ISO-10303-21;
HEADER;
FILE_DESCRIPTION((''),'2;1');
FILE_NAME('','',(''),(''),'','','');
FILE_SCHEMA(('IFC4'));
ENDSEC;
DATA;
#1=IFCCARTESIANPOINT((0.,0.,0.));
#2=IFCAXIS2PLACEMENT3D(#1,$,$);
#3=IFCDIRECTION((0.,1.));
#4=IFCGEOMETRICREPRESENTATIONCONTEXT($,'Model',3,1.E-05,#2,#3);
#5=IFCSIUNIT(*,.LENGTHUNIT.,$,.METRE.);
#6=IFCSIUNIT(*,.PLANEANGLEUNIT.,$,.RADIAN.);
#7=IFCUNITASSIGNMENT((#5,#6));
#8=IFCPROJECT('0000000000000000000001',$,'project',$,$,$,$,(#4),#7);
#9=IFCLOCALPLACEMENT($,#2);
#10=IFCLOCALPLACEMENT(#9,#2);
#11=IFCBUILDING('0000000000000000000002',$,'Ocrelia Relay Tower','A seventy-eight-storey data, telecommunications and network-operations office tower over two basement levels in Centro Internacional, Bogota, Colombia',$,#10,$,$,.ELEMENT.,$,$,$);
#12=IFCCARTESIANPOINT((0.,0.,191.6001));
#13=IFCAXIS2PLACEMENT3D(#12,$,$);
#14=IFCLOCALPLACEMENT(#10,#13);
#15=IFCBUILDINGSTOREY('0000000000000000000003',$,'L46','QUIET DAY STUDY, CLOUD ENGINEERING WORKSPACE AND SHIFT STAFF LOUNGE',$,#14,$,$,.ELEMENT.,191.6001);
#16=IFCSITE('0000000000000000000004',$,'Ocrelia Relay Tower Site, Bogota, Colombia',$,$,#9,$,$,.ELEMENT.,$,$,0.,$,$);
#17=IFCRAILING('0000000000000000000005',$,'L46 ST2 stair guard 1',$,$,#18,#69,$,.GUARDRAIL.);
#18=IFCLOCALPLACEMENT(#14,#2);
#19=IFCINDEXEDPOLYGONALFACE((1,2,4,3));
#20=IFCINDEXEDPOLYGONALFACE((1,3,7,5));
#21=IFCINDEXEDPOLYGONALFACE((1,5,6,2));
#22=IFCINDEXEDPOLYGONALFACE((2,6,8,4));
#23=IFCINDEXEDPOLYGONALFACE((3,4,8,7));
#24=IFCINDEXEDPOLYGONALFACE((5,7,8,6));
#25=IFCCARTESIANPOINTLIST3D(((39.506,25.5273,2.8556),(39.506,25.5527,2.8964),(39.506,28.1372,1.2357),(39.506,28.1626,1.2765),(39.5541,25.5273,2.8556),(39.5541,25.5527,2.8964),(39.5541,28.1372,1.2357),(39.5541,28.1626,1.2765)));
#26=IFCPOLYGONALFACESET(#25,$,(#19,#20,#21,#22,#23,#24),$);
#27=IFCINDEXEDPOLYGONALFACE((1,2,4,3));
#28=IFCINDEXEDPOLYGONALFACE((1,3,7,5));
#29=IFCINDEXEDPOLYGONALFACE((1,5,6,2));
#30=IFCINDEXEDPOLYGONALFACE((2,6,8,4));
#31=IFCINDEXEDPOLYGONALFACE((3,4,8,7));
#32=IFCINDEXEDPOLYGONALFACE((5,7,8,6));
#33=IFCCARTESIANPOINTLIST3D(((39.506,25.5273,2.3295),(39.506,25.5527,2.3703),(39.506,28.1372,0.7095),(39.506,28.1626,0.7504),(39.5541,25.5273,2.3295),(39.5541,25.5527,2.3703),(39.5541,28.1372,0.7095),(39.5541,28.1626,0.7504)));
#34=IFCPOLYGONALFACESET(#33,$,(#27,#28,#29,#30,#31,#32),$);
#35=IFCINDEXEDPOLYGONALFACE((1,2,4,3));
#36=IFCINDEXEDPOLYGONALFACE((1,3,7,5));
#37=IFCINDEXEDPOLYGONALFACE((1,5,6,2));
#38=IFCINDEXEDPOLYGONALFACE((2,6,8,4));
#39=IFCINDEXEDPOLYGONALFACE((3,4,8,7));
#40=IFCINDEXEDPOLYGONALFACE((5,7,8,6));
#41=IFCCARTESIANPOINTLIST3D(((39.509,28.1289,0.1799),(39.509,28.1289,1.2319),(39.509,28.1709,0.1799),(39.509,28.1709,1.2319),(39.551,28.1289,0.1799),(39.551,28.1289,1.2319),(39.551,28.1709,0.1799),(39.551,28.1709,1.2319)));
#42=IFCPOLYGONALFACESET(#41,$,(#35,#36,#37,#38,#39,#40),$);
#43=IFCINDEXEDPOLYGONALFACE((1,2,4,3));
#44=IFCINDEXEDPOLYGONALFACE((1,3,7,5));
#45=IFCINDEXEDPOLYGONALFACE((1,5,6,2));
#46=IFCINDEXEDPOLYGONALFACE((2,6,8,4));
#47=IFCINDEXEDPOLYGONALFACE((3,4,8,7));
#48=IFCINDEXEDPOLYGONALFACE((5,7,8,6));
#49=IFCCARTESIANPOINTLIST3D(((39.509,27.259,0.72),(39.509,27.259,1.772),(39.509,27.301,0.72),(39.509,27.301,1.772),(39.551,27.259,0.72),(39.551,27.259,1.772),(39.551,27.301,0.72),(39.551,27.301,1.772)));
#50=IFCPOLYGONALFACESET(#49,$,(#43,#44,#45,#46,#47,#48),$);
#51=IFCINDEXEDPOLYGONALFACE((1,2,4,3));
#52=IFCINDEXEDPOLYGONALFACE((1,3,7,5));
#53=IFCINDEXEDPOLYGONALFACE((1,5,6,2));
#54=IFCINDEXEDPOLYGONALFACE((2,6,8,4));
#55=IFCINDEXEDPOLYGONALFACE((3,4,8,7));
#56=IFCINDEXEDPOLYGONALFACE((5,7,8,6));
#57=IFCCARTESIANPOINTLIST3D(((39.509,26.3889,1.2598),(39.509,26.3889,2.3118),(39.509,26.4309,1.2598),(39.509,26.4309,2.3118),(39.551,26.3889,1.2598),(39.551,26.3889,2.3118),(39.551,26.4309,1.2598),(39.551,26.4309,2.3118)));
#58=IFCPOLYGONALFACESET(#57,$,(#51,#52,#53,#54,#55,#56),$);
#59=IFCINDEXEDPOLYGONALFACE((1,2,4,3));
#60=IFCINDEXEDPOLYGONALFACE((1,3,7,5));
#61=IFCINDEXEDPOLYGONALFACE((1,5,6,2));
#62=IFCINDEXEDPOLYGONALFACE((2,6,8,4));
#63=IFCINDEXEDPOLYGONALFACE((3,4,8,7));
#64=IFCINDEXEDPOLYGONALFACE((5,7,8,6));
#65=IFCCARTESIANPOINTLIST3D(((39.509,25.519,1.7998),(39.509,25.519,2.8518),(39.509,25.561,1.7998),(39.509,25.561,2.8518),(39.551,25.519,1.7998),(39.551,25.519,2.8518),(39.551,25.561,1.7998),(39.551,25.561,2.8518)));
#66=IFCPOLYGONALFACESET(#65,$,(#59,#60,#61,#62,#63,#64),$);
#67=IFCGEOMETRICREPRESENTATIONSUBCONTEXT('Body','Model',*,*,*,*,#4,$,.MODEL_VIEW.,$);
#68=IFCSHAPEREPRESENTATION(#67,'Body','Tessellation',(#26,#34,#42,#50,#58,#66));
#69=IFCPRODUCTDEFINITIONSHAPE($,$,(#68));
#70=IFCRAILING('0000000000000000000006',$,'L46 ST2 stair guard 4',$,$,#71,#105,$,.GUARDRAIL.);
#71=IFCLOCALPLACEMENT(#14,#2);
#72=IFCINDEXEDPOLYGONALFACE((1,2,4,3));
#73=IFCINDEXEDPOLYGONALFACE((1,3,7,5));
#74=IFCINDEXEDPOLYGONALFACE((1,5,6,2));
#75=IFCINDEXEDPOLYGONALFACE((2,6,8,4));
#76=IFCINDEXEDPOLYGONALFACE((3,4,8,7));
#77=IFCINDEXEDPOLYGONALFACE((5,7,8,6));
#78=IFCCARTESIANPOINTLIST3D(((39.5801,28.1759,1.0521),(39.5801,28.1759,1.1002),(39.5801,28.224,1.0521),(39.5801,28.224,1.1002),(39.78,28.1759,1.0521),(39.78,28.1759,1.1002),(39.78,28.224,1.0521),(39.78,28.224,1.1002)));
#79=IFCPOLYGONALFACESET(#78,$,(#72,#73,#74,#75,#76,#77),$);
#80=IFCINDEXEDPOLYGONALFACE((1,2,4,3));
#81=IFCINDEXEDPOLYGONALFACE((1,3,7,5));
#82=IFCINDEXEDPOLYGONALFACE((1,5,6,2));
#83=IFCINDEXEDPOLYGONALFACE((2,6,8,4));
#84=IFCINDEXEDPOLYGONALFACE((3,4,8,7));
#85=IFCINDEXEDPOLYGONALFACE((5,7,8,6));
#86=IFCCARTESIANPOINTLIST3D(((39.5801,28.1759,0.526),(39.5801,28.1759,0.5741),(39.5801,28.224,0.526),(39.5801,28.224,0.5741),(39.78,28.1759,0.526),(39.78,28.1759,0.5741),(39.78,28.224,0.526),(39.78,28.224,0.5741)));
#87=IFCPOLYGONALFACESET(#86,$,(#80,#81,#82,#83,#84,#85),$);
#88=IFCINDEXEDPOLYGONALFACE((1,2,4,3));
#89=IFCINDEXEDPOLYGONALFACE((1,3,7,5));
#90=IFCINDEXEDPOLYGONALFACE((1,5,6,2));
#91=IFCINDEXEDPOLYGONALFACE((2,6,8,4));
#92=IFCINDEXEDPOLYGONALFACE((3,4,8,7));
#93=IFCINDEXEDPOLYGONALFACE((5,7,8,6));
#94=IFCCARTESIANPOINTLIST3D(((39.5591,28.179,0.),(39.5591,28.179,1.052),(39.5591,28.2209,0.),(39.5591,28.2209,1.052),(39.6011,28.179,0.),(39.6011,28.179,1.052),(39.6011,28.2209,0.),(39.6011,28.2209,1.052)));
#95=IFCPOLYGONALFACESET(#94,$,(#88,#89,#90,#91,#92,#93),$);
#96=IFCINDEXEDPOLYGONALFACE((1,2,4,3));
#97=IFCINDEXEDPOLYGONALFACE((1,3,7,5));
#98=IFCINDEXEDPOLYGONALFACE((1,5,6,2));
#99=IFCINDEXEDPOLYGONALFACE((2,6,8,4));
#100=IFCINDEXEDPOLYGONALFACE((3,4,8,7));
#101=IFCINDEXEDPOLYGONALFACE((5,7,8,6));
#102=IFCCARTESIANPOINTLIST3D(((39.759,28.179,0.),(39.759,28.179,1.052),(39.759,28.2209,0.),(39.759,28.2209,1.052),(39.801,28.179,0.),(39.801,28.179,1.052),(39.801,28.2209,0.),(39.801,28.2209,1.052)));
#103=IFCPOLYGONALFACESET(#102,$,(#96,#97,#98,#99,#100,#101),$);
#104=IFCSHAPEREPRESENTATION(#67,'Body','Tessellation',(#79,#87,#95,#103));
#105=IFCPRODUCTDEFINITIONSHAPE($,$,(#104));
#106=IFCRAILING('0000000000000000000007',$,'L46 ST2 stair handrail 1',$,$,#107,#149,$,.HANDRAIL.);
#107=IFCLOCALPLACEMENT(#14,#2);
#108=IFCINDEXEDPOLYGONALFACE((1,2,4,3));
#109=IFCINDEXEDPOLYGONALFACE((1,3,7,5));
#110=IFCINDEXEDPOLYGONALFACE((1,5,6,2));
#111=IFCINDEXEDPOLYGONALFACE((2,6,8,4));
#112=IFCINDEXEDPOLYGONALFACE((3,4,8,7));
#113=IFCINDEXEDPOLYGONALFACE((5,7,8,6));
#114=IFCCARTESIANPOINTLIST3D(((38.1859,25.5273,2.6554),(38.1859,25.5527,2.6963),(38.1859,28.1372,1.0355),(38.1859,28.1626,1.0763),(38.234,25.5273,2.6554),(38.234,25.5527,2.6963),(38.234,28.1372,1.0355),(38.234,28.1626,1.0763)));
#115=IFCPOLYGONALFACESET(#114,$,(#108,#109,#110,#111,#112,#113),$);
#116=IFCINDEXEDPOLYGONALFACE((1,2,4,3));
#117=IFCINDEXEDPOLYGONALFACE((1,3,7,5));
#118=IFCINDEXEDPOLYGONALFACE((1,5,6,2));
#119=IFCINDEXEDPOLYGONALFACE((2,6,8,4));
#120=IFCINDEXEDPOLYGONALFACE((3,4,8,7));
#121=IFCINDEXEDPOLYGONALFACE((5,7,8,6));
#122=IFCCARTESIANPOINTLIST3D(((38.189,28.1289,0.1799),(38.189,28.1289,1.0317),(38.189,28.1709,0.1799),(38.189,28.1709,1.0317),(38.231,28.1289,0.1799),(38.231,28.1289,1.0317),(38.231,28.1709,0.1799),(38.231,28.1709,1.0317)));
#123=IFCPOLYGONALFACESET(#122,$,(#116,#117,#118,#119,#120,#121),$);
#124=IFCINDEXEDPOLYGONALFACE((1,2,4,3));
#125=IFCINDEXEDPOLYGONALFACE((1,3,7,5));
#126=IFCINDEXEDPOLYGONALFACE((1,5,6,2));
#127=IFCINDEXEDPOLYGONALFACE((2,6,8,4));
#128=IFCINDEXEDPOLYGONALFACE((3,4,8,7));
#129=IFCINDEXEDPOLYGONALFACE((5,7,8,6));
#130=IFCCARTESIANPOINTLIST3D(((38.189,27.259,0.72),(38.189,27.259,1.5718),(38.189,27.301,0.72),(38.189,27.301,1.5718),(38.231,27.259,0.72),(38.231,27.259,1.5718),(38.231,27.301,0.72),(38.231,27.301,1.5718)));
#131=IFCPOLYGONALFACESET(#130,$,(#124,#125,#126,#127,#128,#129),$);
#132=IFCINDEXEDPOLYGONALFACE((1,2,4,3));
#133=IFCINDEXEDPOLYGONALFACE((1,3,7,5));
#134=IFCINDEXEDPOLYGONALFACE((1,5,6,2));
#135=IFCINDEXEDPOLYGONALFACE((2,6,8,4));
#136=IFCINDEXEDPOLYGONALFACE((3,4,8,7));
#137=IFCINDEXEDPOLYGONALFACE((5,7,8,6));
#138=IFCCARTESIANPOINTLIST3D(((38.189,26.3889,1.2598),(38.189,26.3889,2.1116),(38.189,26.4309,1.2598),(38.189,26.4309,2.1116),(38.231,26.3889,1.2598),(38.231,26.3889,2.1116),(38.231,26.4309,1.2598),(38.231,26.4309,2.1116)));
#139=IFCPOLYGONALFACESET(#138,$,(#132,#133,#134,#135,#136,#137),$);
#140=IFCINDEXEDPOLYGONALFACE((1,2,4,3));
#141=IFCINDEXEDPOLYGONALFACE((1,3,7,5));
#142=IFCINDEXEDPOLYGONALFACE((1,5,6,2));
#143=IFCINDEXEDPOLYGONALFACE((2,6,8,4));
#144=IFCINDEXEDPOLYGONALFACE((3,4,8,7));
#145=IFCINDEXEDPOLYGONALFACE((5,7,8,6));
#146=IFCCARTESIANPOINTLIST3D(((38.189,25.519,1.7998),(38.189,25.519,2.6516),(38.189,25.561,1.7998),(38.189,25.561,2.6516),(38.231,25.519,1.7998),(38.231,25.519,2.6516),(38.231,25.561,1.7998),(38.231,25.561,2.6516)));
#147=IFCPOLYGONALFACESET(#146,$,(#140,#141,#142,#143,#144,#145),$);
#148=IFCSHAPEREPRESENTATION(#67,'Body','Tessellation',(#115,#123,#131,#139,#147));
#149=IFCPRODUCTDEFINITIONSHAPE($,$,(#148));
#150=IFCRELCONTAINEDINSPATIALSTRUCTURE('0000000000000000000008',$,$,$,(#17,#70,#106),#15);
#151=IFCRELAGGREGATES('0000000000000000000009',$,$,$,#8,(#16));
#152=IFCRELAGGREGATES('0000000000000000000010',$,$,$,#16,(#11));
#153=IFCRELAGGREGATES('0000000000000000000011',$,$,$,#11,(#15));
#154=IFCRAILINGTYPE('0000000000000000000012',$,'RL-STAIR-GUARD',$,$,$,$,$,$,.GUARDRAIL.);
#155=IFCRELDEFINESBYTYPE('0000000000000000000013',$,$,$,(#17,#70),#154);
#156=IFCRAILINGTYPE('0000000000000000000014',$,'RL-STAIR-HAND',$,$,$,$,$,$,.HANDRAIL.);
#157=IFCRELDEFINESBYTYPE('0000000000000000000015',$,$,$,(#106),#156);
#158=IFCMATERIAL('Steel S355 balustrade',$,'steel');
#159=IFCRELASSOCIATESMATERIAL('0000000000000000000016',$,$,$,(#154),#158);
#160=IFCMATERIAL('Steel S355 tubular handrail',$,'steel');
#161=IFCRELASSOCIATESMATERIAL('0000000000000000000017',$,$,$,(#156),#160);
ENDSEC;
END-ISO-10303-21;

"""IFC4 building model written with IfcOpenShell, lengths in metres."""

from ifc_helpers import new_model, si_unit, direction, frame, origin, origin_2d, place, context, subcontext, project, spatial, rectangle, extrude, material, type_object, element, save


model = new_model("IFC4")

# Units and contexts
model_context = context("Model", 3, precision=1e-05, world=origin(), true_north=direction((0.0, 1.0)))
body_context = subcontext(model_context, "Body", "Model", "MODEL_VIEW")
ifc_project = project(units=[si_unit("LENGTHUNIT", "METRE"), si_unit("PLANEANGLEUNIT", "RADIAN")], contexts=[model_context])

# Site, building, storey
site_placement = place(None, origin())
site = spatial("IfcSite", under=ifc_project, at=site_placement, Name="Ocrelia Relay Tower Site, Bogota, Colombia", CompositionType="ELEMENT", RefElevation=0.0)
building_placement = place(site_placement, origin())
building = spatial("IfcBuilding", under=site, at=building_placement, Name="Ocrelia Relay Tower", Description="A seventy-eight-storey data, telecommunications and network-operations office tower over two basement levels in Centro Internacional, Bogota, Colombia", CompositionType="ELEMENT")
storey_placement = place(building_placement, frame((0.0, 0.0, 191.6001)))
storey = spatial("IfcBuildingStorey", under=building, at=storey_placement, Name="L46", Description="QUIET DAY STUDY, CLOUD ENGINEERING WORKSPACE AND SHIFT STAFF LOUNGE", CompositionType="ELEMENT", Elevation=191.6001)

# Railings
ifc_material_1 = material(Name="Steel S355 balustrade", Category="steel")
railing_type_1 = type_object("IfcRailingType", Name="RL-STAIR-GUARD", PredefinedType="GUARDRAIL", material=ifc_material_1)
railing_1_placement = place(storey_placement, frame((39.53, 28.1499, 0.1799)))
element("IfcRailing", 1, at=railing_1_placement, inside=storey, type_object=railing_type_1, Name="L46 ST2 stair guard 1", PredefinedType="GUARDRAIL", context=body_context, shape_type="SweptSolid", body=[
    extrude(rectangle(XDim=0.0481, YDim=0.0481, at=origin_2d()), frame((0.0, 0.0, 1.0762), z_axis=(0.0, -0.849646, 0.527353), x_axis=(1.0, 0.0, 0.0)), (0.0, 0.0, 1.0), 3.0718),
    extrude(rectangle(XDim=0.0481, YDim=0.0481, at=origin_2d()), frame((0.0, 0.0, 0.55), z_axis=(0.0, -0.849646, 0.527353), x_axis=(1.0, 0.0, 0.0)), (0.0, 0.0, 1.0), 3.0718),
    extrude(rectangle(XDim=0.042, YDim=0.042, at=origin_2d()), origin(), (0.0, 0.0, 1.0), 1.052),
    extrude(rectangle(XDim=0.042, YDim=0.042, at=origin_2d()), frame((0.0, -0.8699, 0.54)), (0.0, 0.0, 1.0), 1.052),
    extrude(rectangle(XDim=0.042, YDim=0.042, at=origin_2d()), frame((0.0, -1.74, 1.0798)), (0.0, 0.0, 1.0), 1.052),
    extrude(rectangle(XDim=0.042, YDim=0.042, at=origin_2d()), frame((0.0, -2.6099, 1.6199)), (0.0, 0.0, 1.0), 1.052),
])
railing_2_placement = place(storey_placement, frame((39.5801, 28.2, 0.0)))
element("IfcRailing", 2, at=railing_2_placement, inside=storey, type_object=railing_type_1, Name="L46 ST2 stair guard 4", PredefinedType="GUARDRAIL", context=body_context, shape_type="SweptSolid", body=[
    extrude(rectangle(XDim=0.0481, YDim=0.0481, at=origin_2d()), frame((0.0, 0.0, 1.0762), z_axis=(1.0, 0.0, 0.0), x_axis=(0.0, 1.0, 0.0)), (0.0, 0.0, 1.0), 0.2),
    extrude(rectangle(XDim=0.0481, YDim=0.0481, at=origin_2d()), frame((0.0, 0.0, 0.55), z_axis=(1.0, 0.0, 0.0), x_axis=(0.0, 1.0, 0.0)), (0.0, 0.0, 1.0), 0.2),
    extrude(rectangle(XDim=0.042, YDim=0.042, at=origin_2d()), origin(), (0.0, 0.0, 1.0), 1.052),
    extrude(rectangle(XDim=0.042, YDim=0.042, at=origin_2d()), frame((0.2, 0.0, 0.0)), (0.0, 0.0, 1.0), 1.052),
])
ifc_material_2 = material(Name="Steel S355 tubular handrail", Category="steel")
railing_type_2 = type_object("IfcRailingType", Name="RL-STAIR-HAND", PredefinedType="HANDRAIL", material=ifc_material_2)
railing_3_placement = place(storey_placement, frame((38.21, 28.1499, 0.1799)))
element("IfcRailing", 3, at=railing_3_placement, inside=storey, type_object=railing_type_2, Name="L46 ST2 stair handrail 1", PredefinedType="HANDRAIL", context=body_context, shape_type="SweptSolid", body=[
    extrude(rectangle(XDim=0.0481, YDim=0.0481, at=origin_2d()), frame((0.0, 0.0, 0.876), z_axis=(0.0, -0.849646, 0.527353), x_axis=(1.0, 0.0, 0.0)), (0.0, 0.0, 1.0), 3.0718),
    extrude(rectangle(XDim=0.042, YDim=0.042, at=origin_2d()), origin(), (0.0, 0.0, 1.0), 0.8518),
    extrude(rectangle(XDim=0.042, YDim=0.042, at=origin_2d()), frame((0.0, -0.8699, 0.54)), (0.0, 0.0, 1.0), 0.8518),
    extrude(rectangle(XDim=0.042, YDim=0.042, at=origin_2d()), frame((0.0, -1.74, 1.0798)), (0.0, 0.0, 1.0), 0.8518),
    extrude(rectangle(XDim=0.042, YDim=0.042, at=origin_2d()), frame((0.0, -2.6099, 1.6199)), (0.0, 0.0, 1.0), 0.8518),
])

save(model, "model.ifc")
